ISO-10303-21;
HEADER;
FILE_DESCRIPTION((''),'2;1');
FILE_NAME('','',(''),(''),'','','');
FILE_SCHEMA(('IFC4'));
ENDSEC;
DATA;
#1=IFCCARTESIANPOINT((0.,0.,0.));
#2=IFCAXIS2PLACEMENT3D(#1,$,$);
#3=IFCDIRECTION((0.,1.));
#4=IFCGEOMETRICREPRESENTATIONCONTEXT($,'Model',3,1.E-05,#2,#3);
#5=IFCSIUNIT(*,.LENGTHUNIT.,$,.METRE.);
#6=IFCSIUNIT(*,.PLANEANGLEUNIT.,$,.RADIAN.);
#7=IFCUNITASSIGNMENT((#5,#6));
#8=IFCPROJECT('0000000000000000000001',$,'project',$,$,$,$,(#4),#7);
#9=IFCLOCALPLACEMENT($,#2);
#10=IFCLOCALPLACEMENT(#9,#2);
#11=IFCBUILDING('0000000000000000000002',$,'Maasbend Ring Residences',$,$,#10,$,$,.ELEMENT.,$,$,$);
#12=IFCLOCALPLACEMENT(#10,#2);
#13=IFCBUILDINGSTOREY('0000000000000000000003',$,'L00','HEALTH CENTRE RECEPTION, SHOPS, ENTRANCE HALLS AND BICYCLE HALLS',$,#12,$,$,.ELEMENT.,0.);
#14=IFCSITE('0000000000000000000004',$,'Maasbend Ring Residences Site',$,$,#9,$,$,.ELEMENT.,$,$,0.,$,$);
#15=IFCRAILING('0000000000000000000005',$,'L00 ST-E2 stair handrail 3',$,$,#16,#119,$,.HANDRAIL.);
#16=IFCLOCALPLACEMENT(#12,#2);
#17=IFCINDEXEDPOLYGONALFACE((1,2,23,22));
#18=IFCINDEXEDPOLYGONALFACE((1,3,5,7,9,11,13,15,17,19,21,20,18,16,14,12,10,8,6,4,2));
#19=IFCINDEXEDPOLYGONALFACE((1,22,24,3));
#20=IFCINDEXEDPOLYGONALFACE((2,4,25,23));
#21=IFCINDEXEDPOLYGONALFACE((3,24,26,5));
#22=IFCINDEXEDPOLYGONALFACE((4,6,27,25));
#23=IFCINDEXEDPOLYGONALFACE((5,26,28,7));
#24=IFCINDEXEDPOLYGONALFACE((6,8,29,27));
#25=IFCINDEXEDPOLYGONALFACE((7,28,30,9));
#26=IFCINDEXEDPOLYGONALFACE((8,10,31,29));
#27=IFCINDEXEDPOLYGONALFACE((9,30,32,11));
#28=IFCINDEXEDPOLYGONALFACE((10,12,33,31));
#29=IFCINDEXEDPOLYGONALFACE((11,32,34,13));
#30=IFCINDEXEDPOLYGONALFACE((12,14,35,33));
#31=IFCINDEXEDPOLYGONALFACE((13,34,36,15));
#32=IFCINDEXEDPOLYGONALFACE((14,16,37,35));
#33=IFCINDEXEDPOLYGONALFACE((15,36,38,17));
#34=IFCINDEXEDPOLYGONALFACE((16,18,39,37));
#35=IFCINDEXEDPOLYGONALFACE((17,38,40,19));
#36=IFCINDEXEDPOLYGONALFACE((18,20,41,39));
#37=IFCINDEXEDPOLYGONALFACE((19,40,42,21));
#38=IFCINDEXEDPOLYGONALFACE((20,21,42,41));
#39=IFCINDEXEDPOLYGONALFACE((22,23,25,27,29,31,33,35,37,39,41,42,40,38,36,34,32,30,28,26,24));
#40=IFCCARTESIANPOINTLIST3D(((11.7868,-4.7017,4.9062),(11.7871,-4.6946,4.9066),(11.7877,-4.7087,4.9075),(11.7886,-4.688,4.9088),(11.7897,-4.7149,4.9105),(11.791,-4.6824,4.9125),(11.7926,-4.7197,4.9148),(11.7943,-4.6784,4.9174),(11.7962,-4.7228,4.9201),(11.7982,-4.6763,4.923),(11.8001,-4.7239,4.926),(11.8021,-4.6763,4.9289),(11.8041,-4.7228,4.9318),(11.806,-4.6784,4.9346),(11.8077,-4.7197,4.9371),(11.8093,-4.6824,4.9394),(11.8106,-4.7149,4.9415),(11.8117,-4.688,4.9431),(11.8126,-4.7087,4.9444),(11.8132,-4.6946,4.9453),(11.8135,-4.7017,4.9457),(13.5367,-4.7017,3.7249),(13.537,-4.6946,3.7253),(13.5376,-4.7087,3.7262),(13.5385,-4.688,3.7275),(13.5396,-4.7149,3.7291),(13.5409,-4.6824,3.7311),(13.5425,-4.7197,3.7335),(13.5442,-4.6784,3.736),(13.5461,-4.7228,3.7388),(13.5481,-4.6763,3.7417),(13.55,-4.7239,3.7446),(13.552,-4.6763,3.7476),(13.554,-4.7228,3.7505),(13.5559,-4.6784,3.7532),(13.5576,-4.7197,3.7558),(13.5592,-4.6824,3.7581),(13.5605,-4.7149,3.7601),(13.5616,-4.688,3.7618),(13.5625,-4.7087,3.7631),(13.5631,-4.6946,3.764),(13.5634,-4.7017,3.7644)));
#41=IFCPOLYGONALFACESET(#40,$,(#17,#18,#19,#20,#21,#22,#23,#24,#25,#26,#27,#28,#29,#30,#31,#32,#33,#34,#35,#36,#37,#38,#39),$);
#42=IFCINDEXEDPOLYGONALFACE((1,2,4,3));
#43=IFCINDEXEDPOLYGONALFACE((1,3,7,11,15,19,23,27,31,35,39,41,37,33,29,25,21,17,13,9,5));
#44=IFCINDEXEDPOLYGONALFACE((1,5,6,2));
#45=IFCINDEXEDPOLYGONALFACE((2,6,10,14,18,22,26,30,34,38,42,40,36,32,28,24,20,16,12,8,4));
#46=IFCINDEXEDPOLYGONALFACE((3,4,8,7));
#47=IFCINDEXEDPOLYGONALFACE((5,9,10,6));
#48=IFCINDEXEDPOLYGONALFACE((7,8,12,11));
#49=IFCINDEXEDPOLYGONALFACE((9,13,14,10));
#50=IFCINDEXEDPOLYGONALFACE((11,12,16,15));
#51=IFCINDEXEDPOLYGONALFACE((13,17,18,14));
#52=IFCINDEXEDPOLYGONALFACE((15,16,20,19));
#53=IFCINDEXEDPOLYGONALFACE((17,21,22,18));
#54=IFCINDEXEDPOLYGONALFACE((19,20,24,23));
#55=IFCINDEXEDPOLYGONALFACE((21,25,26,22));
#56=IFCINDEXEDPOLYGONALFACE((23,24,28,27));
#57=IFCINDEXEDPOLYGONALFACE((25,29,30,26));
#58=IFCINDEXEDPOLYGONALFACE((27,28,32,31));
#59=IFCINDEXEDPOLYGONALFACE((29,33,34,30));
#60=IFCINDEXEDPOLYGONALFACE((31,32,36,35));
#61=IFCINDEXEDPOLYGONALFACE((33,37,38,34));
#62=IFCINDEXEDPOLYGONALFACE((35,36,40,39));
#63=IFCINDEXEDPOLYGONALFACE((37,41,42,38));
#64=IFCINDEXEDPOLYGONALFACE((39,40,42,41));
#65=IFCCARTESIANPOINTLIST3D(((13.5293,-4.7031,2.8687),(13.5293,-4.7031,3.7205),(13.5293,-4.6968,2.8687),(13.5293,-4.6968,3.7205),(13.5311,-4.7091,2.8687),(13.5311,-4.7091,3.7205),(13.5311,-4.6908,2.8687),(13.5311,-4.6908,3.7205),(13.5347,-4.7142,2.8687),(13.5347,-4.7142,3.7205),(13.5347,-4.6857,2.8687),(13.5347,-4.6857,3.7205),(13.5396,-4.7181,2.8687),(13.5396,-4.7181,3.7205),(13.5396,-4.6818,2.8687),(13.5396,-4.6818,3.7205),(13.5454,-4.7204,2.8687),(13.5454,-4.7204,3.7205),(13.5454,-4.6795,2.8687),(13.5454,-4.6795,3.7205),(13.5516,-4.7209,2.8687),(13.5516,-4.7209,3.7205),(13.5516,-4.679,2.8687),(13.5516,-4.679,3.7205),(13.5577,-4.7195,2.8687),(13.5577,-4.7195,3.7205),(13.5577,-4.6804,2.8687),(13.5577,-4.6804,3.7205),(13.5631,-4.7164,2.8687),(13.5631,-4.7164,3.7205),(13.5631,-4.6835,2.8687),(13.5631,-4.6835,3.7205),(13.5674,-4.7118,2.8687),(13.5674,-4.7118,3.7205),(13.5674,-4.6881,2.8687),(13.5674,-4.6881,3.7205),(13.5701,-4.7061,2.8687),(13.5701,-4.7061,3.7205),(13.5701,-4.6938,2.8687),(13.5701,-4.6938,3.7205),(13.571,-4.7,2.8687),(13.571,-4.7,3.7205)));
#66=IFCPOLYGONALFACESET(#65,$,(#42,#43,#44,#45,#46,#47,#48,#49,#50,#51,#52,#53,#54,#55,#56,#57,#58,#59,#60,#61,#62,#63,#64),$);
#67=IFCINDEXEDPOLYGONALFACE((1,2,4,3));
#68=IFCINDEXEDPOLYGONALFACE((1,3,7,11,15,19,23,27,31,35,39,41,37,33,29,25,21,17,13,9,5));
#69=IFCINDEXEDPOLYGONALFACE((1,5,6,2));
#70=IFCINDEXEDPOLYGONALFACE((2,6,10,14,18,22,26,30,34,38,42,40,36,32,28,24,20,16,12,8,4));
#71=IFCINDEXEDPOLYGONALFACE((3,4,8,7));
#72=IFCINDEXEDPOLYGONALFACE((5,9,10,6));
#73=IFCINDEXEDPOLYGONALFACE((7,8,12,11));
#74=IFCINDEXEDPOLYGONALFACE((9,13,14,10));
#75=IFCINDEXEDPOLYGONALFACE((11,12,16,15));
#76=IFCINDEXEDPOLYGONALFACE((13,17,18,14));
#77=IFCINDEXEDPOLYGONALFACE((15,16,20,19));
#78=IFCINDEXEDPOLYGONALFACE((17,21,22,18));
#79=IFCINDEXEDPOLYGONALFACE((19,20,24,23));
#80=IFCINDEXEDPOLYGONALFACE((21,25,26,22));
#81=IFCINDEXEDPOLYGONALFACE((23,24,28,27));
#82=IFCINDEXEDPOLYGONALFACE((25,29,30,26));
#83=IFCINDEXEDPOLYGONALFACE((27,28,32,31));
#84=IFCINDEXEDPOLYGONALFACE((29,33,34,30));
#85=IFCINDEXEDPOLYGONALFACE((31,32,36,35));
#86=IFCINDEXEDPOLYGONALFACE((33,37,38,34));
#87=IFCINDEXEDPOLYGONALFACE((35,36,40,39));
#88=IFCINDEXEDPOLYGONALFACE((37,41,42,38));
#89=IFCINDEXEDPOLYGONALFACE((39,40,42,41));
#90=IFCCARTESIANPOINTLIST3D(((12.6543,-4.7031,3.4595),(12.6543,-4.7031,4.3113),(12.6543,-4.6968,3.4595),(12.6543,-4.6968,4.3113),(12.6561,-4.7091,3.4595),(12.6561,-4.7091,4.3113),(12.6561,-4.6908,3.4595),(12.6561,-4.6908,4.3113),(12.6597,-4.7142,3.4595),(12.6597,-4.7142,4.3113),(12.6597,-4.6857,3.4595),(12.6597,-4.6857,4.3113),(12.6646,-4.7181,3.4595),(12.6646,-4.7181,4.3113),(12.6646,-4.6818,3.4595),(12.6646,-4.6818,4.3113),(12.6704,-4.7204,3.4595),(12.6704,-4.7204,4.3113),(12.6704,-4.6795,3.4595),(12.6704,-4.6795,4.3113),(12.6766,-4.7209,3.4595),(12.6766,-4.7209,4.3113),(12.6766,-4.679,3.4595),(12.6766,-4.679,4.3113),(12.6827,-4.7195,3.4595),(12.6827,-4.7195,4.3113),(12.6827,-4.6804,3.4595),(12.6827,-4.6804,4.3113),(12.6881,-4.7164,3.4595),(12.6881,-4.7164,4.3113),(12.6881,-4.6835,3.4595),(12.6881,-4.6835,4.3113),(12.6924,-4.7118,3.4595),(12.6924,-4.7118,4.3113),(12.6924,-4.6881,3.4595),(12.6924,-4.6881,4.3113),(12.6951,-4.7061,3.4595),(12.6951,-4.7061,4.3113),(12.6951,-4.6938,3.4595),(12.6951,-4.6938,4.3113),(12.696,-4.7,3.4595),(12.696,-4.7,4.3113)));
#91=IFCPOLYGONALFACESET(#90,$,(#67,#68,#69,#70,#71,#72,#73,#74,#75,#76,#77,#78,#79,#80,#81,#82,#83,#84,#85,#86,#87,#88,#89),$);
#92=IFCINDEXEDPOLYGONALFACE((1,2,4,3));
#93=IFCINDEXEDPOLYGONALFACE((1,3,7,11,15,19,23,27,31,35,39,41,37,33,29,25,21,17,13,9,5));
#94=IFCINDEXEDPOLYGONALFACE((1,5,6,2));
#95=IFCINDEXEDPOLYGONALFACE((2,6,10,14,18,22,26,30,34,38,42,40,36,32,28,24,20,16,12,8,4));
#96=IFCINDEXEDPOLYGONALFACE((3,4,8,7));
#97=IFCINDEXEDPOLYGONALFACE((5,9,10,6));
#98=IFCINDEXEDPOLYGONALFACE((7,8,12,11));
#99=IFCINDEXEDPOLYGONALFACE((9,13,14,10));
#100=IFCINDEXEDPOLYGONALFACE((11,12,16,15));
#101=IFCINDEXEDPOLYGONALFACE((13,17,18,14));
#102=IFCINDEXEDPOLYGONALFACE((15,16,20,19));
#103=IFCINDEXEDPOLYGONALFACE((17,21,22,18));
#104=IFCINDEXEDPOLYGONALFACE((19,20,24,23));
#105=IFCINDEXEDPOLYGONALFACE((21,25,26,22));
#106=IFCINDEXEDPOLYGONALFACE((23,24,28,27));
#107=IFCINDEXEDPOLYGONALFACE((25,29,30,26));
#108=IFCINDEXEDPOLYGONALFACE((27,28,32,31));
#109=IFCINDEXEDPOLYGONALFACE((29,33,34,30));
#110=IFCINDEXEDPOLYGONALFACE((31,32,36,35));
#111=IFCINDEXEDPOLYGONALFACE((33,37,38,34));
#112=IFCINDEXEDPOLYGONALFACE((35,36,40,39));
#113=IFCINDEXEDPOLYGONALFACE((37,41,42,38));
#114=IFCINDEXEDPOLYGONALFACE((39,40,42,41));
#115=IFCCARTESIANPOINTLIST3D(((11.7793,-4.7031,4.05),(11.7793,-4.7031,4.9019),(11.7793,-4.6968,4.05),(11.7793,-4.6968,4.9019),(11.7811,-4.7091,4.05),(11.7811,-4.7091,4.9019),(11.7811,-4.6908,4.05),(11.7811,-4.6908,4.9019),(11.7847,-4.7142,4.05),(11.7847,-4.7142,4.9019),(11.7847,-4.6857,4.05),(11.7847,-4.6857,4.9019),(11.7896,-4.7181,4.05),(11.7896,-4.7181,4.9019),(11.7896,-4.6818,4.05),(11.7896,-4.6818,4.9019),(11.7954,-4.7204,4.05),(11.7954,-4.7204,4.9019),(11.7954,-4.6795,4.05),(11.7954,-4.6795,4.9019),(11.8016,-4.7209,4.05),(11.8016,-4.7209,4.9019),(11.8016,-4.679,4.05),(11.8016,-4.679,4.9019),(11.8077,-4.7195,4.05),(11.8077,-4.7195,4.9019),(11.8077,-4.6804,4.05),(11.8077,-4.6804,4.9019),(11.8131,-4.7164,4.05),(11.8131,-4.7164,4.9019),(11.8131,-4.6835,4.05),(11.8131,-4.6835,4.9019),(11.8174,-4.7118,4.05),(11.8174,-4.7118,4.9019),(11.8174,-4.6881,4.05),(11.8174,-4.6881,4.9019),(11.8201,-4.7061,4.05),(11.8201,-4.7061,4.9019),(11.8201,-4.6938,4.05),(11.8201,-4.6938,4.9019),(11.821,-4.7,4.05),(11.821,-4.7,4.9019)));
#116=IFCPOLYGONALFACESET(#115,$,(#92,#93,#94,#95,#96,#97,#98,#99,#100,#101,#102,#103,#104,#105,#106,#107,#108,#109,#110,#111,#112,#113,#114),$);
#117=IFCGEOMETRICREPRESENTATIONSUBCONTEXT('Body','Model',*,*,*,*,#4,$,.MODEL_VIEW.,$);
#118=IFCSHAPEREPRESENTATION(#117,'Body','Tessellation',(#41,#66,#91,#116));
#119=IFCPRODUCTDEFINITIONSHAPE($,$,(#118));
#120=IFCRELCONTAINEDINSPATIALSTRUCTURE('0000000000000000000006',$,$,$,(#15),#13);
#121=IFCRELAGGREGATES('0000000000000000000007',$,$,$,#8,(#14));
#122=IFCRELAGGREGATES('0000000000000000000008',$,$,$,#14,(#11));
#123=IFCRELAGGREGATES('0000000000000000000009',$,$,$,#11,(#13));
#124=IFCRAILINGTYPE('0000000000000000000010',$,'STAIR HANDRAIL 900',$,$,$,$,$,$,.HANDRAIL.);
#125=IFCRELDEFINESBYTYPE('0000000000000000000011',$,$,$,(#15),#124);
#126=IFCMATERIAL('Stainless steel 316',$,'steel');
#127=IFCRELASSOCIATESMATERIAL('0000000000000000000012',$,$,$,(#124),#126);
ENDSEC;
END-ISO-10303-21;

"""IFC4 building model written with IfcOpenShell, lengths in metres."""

from ifc_helpers import new_model, si_unit, direction, frame, origin, origin_2d, place, context, subcontext, project, spatial, circle, extrude, material, type_object, element, save


model = new_model("IFC4")

# Units and contexts
model_context = context("Model", 3, precision=1e-05, world=origin(), true_north=direction((0.0, 1.0)))
body_context = subcontext(model_context, "Body", "Model", "MODEL_VIEW")
ifc_project = project(units=[si_unit("LENGTHUNIT", "METRE"), si_unit("PLANEANGLEUNIT", "RADIAN")], contexts=[model_context])

# Site, building, storey
site_placement = place(None, origin())
site = spatial("IfcSite", under=ifc_project, at=site_placement, Name="Maasbend Ring Residences Site", CompositionType="ELEMENT", RefElevation=0.0)
building_placement = place(site_placement, origin())
building = spatial("IfcBuilding", under=site, at=building_placement, Name="Maasbend Ring Residences", CompositionType="ELEMENT")
storey_placement = place(building_placement, origin())
storey = spatial("IfcBuildingStorey", under=building, at=storey_placement, Name="L00", Description="HEALTH CENTRE RECEPTION, SHOPS, ENTRANCE HALLS AND BICYCLE HALLS", CompositionType="ELEMENT", Elevation=0.0)

# Railing
ifc_material_1 = material(Name="Stainless steel 316", Category="steel")
railing_type_1 = type_object("IfcRailingType", Name="STAIR HANDRAIL 900", PredefinedType="HANDRAIL", material=ifc_material_1)
railing_1_placement = place(storey_placement, frame((13.55, -4.7, 2.8687)))
element("IfcRailing", 1, at=railing_1_placement, inside=storey, type_object=railing_type_1, Name="L00 ST-E2 stair handrail 3", PredefinedType="HANDRAIL", context=body_context, shape_type="SweptSolid", body=[
    extrude(circle(Radius=0.0239, at=origin_2d()), frame((0.0, 0.0, 0.876), z_axis=(-0.828817, 0.0, 0.559521), x_axis=(0.0, -1.0, 0.0)), (0.0, 0.0, 1.0), 2.1113),
    extrude(circle(Radius=0.021, at=origin_2d()), origin(), (0.0, 0.0, 1.0), 0.8518),
    extrude(circle(Radius=0.021, at=origin_2d()), frame((-0.875, 0.0, 0.5908)), (0.0, 0.0, 1.0), 0.8518),
    extrude(circle(Radius=0.021, at=origin_2d()), frame((-1.75, 0.0, 1.1814)), (0.0, 0.0, 1.0), 0.8518),
])

save(model, "model.ifc")
